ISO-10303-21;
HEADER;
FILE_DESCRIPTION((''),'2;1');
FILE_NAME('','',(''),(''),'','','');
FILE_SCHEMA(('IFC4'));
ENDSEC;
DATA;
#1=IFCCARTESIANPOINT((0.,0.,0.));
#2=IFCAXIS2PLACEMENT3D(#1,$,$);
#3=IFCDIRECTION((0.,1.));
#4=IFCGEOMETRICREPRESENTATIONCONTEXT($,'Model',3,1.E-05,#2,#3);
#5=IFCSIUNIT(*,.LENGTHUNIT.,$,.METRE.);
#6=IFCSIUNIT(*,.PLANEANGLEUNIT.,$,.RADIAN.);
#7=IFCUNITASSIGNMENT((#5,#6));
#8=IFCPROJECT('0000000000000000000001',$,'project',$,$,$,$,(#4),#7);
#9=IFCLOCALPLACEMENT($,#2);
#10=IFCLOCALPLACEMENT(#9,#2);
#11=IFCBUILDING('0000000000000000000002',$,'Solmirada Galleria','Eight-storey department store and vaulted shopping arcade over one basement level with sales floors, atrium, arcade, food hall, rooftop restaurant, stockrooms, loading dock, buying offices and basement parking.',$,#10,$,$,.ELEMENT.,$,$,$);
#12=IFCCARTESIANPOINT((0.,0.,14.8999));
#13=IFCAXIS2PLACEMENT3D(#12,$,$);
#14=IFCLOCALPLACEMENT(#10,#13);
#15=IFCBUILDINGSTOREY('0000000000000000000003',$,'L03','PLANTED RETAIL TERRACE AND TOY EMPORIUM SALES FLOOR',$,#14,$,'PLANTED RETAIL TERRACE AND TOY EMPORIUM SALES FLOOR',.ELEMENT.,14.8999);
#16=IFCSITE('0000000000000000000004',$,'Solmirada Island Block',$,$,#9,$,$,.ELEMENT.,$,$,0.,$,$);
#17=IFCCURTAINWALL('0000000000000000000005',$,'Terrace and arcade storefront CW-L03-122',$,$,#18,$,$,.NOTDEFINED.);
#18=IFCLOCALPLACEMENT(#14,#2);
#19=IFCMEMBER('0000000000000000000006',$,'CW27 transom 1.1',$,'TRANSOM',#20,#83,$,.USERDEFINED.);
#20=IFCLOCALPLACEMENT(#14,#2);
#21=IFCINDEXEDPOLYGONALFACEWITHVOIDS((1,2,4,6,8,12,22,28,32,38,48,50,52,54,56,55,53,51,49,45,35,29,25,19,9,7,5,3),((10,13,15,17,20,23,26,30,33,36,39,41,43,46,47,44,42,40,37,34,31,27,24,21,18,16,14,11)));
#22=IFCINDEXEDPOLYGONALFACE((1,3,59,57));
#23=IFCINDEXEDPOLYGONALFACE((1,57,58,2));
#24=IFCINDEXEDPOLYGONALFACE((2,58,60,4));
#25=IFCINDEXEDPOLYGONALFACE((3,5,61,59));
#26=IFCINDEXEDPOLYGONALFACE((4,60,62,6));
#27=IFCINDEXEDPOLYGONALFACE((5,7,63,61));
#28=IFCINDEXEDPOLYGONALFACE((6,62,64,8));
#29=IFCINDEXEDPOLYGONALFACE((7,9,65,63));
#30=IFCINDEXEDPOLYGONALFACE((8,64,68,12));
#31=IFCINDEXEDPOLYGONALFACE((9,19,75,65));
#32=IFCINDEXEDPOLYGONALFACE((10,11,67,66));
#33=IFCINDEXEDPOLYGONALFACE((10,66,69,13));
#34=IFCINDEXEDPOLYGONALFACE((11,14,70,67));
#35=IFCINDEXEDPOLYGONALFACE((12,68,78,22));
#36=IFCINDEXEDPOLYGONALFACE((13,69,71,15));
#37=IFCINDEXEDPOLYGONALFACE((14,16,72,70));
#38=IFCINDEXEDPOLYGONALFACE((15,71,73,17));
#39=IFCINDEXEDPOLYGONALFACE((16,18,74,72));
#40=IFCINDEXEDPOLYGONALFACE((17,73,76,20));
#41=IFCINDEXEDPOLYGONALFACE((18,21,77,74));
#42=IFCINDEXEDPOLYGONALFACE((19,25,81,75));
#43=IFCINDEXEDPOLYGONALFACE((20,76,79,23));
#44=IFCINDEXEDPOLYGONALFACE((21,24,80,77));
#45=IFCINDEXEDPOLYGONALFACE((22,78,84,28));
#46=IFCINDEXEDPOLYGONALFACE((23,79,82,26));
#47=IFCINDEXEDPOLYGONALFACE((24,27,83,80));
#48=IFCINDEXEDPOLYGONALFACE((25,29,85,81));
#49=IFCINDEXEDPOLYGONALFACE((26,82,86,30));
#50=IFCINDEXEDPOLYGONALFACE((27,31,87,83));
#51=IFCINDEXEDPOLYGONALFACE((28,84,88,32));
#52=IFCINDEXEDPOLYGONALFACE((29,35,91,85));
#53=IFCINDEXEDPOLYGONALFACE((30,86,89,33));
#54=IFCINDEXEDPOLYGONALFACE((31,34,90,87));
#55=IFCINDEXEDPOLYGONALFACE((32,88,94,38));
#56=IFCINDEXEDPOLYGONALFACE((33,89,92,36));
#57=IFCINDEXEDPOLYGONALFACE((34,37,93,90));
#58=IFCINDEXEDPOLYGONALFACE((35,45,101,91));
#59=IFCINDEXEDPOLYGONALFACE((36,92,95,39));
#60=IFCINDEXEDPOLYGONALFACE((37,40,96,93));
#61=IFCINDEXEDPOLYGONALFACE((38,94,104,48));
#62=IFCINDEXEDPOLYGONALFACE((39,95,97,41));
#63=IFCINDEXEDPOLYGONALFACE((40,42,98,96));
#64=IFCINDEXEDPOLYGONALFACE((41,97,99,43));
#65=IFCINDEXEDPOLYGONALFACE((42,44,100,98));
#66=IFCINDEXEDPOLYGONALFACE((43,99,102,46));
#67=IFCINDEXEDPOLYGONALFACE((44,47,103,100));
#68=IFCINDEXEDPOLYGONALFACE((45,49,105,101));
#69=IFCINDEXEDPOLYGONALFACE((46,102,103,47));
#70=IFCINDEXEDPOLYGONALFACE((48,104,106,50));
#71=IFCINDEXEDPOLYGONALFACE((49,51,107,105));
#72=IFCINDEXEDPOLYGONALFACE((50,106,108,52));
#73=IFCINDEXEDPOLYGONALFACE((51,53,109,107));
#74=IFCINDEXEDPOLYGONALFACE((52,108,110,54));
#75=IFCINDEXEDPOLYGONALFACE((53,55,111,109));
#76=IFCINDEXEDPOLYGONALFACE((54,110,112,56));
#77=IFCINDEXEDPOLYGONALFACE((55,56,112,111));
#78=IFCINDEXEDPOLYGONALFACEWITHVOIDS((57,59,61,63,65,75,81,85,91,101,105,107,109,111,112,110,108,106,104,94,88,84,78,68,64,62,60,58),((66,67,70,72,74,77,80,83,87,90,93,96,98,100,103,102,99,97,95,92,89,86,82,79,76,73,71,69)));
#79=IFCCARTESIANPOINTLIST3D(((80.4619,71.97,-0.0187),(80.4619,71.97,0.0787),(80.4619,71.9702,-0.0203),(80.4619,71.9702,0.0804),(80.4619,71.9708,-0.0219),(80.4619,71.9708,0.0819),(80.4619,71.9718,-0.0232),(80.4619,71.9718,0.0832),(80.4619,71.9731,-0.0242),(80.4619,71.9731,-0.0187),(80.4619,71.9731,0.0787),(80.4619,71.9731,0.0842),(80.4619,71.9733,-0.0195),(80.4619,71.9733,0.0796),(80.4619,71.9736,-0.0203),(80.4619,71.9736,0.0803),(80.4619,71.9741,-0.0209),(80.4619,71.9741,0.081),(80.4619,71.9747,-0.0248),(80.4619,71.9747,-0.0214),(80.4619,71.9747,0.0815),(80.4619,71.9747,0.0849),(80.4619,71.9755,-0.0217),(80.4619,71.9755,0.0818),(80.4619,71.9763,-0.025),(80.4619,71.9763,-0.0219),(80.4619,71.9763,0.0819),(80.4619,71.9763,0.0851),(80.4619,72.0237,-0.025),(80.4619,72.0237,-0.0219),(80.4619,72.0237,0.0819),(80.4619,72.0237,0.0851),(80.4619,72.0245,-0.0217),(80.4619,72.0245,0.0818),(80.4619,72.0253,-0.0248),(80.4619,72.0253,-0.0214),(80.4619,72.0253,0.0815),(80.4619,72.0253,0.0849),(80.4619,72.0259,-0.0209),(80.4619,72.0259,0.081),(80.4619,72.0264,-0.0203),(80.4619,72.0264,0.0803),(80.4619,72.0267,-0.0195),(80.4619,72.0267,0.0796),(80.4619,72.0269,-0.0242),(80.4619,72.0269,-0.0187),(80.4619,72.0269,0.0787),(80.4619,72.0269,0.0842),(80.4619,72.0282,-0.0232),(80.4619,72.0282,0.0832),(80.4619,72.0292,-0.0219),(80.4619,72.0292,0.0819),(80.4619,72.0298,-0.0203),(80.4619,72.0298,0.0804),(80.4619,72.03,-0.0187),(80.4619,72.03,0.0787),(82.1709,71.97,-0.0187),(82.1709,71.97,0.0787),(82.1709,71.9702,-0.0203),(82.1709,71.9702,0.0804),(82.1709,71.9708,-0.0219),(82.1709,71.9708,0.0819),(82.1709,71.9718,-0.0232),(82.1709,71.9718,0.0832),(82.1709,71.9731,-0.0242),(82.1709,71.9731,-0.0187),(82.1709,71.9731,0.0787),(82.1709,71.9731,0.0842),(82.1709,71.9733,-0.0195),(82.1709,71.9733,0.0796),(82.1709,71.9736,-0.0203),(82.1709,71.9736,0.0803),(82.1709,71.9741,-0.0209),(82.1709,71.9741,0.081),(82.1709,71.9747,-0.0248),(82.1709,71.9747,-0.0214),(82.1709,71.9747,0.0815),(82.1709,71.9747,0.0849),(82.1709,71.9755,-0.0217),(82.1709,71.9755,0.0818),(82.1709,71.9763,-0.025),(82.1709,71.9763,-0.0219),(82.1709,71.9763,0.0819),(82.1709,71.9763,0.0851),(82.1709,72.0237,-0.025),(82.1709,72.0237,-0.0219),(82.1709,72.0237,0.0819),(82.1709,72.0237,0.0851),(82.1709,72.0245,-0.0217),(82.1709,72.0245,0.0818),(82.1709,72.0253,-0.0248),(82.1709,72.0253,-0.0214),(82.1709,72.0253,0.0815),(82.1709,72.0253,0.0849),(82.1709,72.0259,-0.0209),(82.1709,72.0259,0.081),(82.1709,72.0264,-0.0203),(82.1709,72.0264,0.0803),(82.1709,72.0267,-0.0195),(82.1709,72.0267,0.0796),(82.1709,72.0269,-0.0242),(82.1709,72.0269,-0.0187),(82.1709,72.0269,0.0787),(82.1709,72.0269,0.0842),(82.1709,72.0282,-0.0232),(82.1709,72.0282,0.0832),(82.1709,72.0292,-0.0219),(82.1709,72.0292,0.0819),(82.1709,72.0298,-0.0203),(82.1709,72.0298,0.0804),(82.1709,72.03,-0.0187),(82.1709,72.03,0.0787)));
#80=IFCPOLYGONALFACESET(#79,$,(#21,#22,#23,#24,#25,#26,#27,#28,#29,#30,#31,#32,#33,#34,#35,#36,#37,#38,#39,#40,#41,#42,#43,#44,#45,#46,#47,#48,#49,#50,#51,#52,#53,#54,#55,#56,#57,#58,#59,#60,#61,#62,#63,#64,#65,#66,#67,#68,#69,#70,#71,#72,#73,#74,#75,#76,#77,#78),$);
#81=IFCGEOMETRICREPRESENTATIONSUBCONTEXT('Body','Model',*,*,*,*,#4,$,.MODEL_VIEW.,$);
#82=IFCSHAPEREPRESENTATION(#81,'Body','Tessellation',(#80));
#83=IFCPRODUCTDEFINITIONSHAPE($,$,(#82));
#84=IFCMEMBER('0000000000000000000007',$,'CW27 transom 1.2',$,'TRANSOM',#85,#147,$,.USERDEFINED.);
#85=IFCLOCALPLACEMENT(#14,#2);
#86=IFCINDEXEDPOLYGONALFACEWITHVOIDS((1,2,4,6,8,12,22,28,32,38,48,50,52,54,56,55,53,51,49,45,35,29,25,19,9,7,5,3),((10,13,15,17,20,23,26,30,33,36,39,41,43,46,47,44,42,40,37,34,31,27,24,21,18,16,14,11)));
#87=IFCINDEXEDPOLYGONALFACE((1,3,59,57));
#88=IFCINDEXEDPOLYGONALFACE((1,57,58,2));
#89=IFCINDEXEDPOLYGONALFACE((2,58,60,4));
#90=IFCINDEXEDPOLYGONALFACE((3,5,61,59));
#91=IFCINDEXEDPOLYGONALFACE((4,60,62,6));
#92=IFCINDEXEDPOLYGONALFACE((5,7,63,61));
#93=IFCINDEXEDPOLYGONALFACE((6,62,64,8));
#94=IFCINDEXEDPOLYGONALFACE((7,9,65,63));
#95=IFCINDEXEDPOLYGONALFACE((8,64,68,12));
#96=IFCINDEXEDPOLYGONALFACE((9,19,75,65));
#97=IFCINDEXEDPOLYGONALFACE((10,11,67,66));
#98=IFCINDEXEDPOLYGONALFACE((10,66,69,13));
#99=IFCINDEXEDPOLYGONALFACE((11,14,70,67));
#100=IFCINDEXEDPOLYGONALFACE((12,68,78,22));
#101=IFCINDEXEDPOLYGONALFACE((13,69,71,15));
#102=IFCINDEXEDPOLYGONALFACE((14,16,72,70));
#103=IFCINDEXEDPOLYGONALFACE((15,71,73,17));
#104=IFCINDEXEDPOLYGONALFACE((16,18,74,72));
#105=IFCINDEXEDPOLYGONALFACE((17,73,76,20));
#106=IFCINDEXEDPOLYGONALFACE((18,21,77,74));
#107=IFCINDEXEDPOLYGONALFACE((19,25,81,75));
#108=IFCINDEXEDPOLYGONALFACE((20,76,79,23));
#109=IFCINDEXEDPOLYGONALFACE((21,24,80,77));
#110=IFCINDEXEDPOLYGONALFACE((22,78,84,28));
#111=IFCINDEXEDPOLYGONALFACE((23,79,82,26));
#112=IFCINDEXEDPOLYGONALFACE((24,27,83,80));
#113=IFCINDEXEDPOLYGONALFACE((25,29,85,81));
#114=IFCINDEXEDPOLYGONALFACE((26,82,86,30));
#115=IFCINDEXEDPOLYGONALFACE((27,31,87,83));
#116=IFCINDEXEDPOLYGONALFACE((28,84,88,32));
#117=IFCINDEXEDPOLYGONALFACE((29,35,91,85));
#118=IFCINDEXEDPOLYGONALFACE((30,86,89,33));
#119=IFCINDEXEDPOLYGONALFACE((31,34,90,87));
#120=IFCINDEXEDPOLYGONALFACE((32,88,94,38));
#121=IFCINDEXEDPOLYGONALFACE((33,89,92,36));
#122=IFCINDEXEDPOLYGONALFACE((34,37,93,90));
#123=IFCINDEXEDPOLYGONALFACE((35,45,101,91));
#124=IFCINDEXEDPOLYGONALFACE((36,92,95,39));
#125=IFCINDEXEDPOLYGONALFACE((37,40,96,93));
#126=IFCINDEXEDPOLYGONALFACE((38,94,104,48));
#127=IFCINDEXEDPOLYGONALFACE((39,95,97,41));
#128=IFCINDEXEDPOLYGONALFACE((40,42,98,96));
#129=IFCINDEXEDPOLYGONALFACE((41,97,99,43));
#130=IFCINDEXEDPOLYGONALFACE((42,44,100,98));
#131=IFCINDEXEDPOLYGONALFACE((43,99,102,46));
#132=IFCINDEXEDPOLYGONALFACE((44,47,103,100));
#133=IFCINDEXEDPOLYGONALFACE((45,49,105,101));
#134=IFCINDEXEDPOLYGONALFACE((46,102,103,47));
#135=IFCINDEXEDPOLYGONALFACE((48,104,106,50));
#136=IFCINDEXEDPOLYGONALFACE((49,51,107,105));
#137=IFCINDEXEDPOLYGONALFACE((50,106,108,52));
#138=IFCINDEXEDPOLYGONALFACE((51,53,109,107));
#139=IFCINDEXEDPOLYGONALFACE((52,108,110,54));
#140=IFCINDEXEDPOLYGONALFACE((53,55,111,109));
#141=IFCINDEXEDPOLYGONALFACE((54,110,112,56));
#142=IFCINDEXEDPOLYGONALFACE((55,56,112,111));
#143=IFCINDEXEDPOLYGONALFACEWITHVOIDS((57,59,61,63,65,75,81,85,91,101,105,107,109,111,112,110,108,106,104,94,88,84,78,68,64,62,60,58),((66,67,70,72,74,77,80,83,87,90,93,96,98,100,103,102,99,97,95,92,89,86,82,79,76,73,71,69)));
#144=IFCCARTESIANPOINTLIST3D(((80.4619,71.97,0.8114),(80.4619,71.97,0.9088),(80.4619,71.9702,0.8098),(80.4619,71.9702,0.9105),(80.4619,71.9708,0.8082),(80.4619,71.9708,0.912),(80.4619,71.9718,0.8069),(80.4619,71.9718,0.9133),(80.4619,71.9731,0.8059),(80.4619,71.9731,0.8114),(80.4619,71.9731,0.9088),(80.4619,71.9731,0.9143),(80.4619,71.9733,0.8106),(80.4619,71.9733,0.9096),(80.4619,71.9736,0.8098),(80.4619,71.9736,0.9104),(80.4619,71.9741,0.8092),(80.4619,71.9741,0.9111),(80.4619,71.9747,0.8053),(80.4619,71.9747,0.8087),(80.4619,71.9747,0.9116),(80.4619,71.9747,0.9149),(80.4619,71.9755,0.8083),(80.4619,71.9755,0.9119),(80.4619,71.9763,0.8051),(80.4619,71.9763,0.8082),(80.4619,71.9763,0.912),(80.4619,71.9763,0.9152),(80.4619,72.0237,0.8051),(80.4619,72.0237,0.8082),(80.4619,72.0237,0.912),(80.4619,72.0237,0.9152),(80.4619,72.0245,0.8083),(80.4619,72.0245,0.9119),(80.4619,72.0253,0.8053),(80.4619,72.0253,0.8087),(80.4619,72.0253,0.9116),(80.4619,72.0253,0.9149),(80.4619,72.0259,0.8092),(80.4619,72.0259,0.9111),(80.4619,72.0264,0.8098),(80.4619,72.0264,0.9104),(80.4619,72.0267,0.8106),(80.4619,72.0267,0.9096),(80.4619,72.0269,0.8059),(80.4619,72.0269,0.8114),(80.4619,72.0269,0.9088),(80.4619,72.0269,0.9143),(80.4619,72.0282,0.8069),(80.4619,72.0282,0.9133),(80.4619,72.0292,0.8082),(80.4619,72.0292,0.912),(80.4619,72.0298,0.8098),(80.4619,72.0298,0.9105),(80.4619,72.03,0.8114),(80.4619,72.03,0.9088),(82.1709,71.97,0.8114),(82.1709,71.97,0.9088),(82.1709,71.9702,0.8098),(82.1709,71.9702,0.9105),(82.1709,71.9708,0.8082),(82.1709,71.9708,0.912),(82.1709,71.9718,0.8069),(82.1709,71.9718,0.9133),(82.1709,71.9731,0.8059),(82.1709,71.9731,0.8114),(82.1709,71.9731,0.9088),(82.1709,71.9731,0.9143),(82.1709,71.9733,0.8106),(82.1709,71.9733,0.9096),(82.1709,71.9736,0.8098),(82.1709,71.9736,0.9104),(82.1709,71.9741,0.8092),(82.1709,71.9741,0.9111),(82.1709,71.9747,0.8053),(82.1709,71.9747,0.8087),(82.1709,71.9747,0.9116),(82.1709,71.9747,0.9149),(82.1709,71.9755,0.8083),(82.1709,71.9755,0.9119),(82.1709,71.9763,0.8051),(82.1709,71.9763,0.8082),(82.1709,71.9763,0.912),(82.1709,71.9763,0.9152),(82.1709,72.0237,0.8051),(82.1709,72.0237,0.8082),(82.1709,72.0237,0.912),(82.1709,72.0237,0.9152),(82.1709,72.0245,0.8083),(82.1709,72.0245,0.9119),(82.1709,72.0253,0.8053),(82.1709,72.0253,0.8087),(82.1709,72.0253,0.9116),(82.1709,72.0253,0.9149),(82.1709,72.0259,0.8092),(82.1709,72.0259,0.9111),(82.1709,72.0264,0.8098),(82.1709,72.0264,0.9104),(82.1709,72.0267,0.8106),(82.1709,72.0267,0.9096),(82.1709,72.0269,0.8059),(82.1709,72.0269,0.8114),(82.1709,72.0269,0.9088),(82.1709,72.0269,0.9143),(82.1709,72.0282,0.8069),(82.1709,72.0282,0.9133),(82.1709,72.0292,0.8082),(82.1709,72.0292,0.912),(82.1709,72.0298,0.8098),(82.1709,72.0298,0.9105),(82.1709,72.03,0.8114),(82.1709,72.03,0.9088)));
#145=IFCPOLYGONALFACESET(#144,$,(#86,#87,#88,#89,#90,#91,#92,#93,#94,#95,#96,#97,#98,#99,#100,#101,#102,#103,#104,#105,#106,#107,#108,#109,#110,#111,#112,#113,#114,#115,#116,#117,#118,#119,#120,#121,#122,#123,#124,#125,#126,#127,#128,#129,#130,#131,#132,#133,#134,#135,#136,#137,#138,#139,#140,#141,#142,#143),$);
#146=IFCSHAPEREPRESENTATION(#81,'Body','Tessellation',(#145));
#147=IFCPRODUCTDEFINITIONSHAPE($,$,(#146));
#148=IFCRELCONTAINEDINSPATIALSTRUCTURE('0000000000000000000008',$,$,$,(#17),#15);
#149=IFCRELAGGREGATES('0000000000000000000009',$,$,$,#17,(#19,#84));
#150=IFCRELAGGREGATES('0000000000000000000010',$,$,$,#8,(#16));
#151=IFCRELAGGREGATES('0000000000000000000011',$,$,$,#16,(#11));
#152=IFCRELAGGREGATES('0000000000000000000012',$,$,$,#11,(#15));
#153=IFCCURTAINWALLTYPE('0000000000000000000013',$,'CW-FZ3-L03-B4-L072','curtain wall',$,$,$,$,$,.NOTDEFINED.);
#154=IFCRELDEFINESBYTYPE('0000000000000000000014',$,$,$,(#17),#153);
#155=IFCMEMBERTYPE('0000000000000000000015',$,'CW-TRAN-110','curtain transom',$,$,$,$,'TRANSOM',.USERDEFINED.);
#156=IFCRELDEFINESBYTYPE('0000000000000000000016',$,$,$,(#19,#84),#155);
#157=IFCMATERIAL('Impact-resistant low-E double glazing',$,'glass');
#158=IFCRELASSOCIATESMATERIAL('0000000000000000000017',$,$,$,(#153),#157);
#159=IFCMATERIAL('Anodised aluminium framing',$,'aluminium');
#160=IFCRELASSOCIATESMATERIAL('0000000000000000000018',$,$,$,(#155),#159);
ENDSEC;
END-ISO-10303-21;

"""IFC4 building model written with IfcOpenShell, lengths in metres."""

from ifc_helpers import new_model, si_unit, direction, frame, origin, origin_2d, place, context, subcontext, project, spatial, hollow_rectangle, extrude, material, material_profile, profile_set, type_object, element, aggregate, save


model = new_model("IFC4")

# Units and contexts
model_context = context("Model", 3, precision=1e-05, world=origin(), true_north=direction((0.0, 1.0)))
body_context = subcontext(model_context, "Body", "Model", "MODEL_VIEW")
ifc_project = project(units=[si_unit("LENGTHUNIT", "METRE"), si_unit("PLANEANGLEUNIT", "RADIAN")], contexts=[model_context])

# Site, building, storey
site_placement = place(None, origin())
site = spatial("IfcSite", under=ifc_project, at=site_placement, Name="Solmirada Island Block", CompositionType="ELEMENT", RefElevation=0.0)
building_placement = place(site_placement, origin())
building = spatial("IfcBuilding", under=site, at=building_placement, Name="Solmirada Galleria", Description="Eight-storey department store and vaulted shopping arcade over one basement level with sales floors, atrium, arcade, food hall, rooftop restaurant, stockrooms, loading dock, buying offices and basement parking.", CompositionType="ELEMENT")
storey_placement = place(building_placement, frame((0.0, 0.0, 14.8999)))
storey = spatial("IfcBuildingStorey", under=building, at=storey_placement, Name="L03", Description="PLANTED RETAIL TERRACE AND TOY EMPORIUM SALES FLOOR", LongName="PLANTED RETAIL TERRACE AND TOY EMPORIUM SALES FLOOR", CompositionType="ELEMENT", Elevation=14.8999)

# Shared definitions
ifc_material_1 = material(Name="Impact-resistant low-E double glazing", Category="glass")
curtain_wall_type = type_object("IfcCurtainWallType", Name="CW-FZ3-L03-B4-L072", Description="curtain wall", PredefinedType="NOTDEFINED", material=ifc_material_1)
ifc_material_2 = material(Name="Anodised aluminium framing", Category="aluminium")

# Curtain wall, members
curtain_wall_1_placement = place(storey_placement, origin())
curtain_wall_1 = element("IfcCurtainWall", 1, at=curtain_wall_1_placement, inside=storey, type_object=curtain_wall_type, Name="Terrace and arcade storefront CW-L03-122", PredefinedType="NOTDEFINED")
ifc_material_profile_1 = material_profile(ifc_material_2, hollow_rectangle(XDim=0.0601, YDim=0.1101, WallThickness=0.0032, InnerFilletRadius=0.0032, OuterFilletRadius=0.0063, at=origin_2d()), Name="ALU-TRAN-110X60")
ifc_profile_set_1 = profile_set([ifc_material_profile_1], Name="Anodised aluminium framing")
member_type_1 = type_object("IfcMemberType", Name="CW-TRAN-110", Description="curtain transom", ElementType="TRANSOM", PredefinedType="USERDEFINED", material=ifc_profile_set_1)
member_1_placement = place(storey_placement, frame((80.4619, 72.0, 0.03), z_axis=(1.0, 0.0, 0.0), x_axis=(0.0, 1.0, 0.0)))
member_1 = element("IfcMember", 2, at=member_1_placement, type_object=member_type_1, Name="CW27 transom 1.1", ObjectType="TRANSOM", PredefinedType="USERDEFINED", context=body_context, shape_type="SweptSolid", body=[
    extrude(hollow_rectangle(XDim=0.0601, YDim=0.1101, WallThickness=0.0032, InnerFilletRadius=0.0032, OuterFilletRadius=0.0063, at=origin_2d()), origin(), (0.0, 0.0, 1.0), 1.709),
])
member_2_placement = place(storey_placement, frame((80.4619, 72.0, 0.8601), z_axis=(1.0, 0.0, 0.0), x_axis=(0.0, 1.0, 0.0)))
member_2 = element("IfcMember", 3, at=member_2_placement, type_object=member_type_1, Name="CW27 transom 1.2", ObjectType="TRANSOM", PredefinedType="USERDEFINED", context=body_context, shape_type="SweptSolid", body=[
    extrude(hollow_rectangle(XDim=0.0601, YDim=0.1101, WallThickness=0.0032, InnerFilletRadius=0.0032, OuterFilletRadius=0.0063, at=origin_2d()), origin(), (0.0, 0.0, 1.0), 1.709),
])
aggregate(curtain_wall_1, [member_1, member_2])

save(model, "model.ifc")
